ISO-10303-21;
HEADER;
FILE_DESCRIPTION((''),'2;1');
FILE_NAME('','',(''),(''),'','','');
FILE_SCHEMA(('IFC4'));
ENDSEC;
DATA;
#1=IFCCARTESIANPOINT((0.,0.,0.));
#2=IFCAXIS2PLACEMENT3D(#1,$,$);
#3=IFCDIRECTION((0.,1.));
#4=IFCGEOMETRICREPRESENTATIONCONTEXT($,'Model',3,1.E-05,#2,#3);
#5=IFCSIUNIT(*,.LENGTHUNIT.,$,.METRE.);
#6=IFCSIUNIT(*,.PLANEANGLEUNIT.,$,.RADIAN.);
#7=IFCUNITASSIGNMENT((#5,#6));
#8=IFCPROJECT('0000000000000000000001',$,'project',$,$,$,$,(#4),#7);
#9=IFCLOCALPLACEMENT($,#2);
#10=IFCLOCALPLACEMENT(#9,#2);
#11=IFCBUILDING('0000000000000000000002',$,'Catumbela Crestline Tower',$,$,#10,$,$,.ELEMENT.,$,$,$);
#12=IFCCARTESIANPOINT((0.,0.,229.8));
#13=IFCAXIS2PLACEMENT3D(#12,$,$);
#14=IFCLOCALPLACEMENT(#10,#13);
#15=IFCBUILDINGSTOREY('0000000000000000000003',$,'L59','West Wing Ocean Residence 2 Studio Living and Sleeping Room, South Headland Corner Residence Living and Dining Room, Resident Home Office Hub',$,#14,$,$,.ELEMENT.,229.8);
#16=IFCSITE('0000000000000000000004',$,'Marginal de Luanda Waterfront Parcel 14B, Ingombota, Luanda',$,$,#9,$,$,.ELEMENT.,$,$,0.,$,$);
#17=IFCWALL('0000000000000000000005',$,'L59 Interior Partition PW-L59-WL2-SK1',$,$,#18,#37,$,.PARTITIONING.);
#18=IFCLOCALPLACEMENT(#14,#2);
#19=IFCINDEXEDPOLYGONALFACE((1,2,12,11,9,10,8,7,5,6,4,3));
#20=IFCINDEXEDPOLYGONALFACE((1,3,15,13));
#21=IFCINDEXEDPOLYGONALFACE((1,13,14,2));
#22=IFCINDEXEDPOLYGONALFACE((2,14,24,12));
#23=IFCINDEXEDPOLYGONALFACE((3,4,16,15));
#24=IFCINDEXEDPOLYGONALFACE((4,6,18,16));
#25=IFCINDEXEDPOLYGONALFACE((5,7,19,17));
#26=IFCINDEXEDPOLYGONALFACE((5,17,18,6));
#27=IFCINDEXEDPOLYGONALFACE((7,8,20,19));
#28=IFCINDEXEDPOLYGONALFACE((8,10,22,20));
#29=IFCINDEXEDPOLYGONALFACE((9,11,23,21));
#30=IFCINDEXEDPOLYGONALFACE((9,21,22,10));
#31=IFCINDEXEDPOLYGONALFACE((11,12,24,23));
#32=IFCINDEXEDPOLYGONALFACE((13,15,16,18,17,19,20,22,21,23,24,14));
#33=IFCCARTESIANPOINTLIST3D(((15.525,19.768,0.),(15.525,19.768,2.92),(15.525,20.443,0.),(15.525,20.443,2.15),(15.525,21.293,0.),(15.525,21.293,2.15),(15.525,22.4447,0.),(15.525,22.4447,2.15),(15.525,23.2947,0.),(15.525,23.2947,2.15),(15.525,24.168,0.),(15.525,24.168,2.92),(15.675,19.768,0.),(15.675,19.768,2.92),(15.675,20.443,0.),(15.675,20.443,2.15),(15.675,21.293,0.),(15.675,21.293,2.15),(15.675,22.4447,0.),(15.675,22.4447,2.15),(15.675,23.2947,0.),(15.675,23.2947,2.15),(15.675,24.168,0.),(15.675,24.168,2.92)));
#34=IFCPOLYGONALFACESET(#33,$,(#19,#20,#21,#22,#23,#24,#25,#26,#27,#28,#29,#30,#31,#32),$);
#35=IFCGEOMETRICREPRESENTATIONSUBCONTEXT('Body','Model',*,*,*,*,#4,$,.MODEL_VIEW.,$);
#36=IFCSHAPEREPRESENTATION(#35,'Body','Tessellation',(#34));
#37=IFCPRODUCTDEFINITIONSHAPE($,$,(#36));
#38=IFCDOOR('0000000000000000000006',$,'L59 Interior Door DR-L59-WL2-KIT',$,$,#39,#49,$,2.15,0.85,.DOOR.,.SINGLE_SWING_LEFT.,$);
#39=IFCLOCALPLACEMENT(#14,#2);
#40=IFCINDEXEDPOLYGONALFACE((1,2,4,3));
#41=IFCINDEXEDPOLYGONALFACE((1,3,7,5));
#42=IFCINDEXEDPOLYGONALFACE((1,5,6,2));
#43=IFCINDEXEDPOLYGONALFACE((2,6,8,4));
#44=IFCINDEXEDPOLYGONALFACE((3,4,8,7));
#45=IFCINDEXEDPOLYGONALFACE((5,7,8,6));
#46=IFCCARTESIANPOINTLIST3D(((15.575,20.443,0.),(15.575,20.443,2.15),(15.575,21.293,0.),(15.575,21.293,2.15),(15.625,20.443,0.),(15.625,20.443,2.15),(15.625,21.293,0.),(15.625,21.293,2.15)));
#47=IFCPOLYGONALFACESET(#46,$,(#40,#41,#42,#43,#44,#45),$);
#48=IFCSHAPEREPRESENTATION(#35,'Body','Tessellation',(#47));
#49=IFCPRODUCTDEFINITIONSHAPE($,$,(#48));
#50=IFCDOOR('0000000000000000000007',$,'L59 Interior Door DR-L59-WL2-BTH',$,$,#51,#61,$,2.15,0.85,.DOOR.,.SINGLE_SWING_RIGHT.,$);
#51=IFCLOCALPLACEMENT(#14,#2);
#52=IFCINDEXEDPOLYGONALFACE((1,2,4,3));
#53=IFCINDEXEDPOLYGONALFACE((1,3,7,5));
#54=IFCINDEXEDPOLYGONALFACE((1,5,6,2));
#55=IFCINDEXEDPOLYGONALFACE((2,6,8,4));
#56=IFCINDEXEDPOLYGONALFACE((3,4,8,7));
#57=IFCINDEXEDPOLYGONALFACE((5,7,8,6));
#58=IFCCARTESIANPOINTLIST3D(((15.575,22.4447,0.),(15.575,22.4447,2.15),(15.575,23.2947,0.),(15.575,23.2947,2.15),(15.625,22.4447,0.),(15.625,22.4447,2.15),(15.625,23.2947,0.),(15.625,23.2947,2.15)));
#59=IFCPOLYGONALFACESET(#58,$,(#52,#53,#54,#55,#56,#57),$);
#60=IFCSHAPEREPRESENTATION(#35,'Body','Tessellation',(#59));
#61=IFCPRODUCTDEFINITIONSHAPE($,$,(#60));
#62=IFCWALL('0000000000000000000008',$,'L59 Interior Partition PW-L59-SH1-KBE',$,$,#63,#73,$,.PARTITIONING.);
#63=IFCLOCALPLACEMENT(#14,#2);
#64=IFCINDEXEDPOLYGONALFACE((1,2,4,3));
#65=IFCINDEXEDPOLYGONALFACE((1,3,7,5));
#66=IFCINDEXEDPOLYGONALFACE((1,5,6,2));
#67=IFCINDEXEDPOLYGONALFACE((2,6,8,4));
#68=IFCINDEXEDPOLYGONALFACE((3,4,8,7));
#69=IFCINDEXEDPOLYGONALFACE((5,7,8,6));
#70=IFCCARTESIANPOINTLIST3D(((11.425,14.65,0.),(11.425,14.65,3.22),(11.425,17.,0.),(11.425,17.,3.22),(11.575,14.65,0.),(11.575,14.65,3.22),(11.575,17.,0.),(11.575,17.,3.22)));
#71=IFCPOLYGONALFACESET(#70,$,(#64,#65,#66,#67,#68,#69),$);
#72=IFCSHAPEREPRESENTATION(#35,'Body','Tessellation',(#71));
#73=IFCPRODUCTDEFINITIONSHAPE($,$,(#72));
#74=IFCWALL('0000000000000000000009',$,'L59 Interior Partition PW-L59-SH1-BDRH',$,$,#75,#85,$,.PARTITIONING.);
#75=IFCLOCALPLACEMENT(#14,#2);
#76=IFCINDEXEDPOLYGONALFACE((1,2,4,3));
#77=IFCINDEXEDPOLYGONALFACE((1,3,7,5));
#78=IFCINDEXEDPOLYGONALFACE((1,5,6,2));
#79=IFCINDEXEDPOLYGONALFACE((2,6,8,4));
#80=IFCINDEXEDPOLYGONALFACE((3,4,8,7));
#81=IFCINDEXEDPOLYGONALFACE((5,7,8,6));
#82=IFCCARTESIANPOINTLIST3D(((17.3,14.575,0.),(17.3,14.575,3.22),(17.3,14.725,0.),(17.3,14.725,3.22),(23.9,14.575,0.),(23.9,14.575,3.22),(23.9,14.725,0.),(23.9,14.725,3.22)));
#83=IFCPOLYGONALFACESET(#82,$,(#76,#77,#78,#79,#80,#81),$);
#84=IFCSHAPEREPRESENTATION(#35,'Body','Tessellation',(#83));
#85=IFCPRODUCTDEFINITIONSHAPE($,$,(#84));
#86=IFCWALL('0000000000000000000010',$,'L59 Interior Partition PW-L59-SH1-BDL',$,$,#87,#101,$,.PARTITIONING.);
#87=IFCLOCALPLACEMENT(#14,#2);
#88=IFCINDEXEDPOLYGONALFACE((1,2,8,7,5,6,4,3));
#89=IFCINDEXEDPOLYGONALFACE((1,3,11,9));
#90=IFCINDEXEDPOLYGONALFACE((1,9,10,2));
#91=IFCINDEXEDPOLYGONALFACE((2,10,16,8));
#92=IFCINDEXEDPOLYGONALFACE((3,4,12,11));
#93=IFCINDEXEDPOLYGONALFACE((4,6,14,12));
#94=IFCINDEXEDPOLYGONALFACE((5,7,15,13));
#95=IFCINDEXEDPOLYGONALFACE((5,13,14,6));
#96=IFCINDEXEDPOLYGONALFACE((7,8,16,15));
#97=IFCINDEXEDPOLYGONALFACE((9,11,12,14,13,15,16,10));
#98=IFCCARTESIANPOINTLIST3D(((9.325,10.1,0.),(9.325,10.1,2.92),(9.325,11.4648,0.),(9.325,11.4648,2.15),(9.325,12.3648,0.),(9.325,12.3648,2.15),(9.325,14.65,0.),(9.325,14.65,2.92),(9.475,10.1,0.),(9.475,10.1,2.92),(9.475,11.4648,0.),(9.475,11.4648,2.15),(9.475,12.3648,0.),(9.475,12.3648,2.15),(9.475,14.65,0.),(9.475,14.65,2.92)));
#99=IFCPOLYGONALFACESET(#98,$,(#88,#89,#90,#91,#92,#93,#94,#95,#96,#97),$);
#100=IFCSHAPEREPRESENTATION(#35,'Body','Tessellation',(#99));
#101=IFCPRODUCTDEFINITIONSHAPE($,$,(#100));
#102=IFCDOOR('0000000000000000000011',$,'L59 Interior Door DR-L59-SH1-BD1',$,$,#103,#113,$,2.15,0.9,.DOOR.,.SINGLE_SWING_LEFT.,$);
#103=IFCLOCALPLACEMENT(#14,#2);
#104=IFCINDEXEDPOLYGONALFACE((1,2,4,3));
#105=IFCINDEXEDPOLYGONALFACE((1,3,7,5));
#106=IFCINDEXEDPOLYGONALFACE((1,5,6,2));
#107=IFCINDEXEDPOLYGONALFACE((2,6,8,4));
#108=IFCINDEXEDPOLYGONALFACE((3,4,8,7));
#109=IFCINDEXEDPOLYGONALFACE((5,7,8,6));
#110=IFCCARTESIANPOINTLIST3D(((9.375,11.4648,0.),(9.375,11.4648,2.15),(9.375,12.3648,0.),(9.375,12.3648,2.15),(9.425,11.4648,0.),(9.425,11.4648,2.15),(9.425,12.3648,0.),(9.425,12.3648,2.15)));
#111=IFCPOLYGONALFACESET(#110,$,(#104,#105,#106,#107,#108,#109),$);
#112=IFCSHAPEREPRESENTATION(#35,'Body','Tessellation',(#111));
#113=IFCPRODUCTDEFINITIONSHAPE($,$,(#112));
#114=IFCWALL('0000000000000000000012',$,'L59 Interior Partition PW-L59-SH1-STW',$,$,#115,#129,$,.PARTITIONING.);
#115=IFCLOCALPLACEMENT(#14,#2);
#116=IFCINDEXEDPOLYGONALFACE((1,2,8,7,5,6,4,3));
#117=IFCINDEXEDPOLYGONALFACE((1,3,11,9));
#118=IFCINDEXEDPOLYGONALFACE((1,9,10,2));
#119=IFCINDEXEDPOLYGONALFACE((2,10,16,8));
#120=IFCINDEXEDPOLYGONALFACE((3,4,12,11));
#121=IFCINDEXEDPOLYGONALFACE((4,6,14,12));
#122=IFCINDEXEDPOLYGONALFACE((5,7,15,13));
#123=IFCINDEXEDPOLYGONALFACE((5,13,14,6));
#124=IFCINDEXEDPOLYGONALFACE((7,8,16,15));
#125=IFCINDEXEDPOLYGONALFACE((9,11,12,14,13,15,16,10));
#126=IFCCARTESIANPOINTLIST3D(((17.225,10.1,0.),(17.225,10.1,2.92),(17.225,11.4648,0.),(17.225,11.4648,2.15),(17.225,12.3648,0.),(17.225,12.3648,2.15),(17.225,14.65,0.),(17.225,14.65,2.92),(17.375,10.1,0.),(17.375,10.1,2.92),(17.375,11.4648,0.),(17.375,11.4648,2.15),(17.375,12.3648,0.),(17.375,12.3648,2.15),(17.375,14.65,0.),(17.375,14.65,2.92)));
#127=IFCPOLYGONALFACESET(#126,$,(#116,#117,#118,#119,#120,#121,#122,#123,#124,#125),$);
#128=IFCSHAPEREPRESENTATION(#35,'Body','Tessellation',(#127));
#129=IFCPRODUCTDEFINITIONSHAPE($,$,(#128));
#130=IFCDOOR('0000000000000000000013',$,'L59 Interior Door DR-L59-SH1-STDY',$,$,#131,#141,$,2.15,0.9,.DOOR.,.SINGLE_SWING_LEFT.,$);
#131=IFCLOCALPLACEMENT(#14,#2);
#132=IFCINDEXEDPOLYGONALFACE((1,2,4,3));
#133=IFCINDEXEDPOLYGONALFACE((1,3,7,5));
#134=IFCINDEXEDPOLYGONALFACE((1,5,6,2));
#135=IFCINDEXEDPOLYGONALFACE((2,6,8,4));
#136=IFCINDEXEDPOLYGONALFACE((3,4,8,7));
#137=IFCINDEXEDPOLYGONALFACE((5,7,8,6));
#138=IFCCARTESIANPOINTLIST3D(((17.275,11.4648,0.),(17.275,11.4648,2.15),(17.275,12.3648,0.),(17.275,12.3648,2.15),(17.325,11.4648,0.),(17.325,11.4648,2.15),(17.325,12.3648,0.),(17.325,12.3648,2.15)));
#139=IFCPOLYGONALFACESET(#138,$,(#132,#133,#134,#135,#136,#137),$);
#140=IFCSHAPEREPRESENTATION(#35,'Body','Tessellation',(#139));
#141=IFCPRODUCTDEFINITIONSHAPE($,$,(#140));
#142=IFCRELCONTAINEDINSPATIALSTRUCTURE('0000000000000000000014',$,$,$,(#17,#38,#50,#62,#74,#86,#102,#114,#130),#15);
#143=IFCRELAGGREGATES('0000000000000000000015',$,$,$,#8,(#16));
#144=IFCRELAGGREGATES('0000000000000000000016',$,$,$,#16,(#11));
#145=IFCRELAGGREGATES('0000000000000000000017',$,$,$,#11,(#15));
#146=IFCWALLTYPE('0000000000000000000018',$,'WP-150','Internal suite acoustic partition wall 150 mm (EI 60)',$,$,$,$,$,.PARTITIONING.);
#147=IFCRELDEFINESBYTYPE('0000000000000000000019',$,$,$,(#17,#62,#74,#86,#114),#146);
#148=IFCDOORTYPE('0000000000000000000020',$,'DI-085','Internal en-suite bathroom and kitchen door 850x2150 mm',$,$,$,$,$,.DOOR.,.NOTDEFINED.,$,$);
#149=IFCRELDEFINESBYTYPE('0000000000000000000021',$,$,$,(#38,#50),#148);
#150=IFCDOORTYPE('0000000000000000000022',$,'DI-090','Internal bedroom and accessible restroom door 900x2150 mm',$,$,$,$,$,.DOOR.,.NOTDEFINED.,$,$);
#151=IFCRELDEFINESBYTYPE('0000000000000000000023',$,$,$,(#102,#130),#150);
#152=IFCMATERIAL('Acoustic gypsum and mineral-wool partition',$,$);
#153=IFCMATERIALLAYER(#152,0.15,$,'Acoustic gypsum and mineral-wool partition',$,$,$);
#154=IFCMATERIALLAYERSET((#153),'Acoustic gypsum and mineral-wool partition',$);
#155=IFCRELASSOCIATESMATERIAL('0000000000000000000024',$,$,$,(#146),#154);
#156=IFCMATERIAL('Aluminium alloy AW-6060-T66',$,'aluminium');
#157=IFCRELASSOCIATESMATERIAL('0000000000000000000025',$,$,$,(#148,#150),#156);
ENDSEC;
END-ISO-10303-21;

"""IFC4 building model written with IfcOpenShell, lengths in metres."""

from ifc_helpers import new_model, si_unit, direction, frame, frame_2d, origin, place, context, subcontext, project, spatial, rectangle, extrude, material, layer, layer_set, type_object, element, fill, save


model = new_model("IFC4")

# Units and contexts
model_context = context("Model", 3, precision=1e-05, world=origin(), true_north=direction((0.0, 1.0)))
body_context = subcontext(model_context, "Body", "Model", "MODEL_VIEW")
ifc_project = project(units=[si_unit("LENGTHUNIT", "METRE"), si_unit("PLANEANGLEUNIT", "RADIAN")], contexts=[model_context])

# Site, building, storey
site_placement = place(None, origin())
site = spatial("IfcSite", under=ifc_project, at=site_placement, Name="Marginal de Luanda Waterfront Parcel 14B, Ingombota, Luanda", CompositionType="ELEMENT", RefElevation=0.0)
building_placement = place(site_placement, origin())
building = spatial("IfcBuilding", under=site, at=building_placement, Name="Catumbela Crestline Tower", CompositionType="ELEMENT")
storey_placement = place(building_placement, frame((0.0, 0.0, 229.8)))
storey = spatial("IfcBuildingStorey", under=building, at=storey_placement, Name="L59", Description="West Wing Ocean Residence 2 Studio Living and Sleeping Room, South Headland Corner Residence Living and Dining Room, Resident Home Office Hub", CompositionType="ELEMENT", Elevation=229.8)

# Shared definitions
ifc_material_1 = material(Name="Acoustic gypsum and mineral-wool partition")
ifc_layer = layer(ifc_material_1, 0.15, Name="Acoustic gypsum and mineral-wool partition")
ifc_layer_set = layer_set([ifc_layer], Name="Acoustic gypsum and mineral-wool partition")
wall_type = type_object("IfcWallType", Name="WP-150", Description="Internal suite acoustic partition wall 150 mm (EI 60)", PredefinedType="PARTITIONING", material=ifc_layer_set)

# Wall, openings, doors
wall_1_placement = place(storey_placement, frame((15.6, 19.768, 0.0), z_axis=(0.0, 0.0, 1.0), x_axis=(0.0, 1.0, 0.0)))
wall_1 = element("IfcWall", 1, at=wall_1_placement, inside=storey, type_object=wall_type, Name="L59 Interior Partition PW-L59-WL2-SK1", PredefinedType="PARTITIONING", context=body_context, shape_type="SweptSolid", body=[
    extrude(rectangle(XDim=4.4, YDim=0.15, at=frame_2d((2.2, 0.0))), origin(), (0.0, 0.0, 1.0), 2.92),
])
opening_1_placement = place(wall_1_placement, frame((0.675, 0.0, 0.0)))
opening_1 = element("IfcOpeningElement", 2, at=opening_1_placement, cuts=wall_1, PredefinedType="OPENING", context=body_context, shape_type="SweptSolid", body=[
    extrude(rectangle(XDim=0.85, YDim=2.15, at=frame_2d((0.425, 1.075))), frame((0.0, 0.085, 0.0), z_axis=(0.0, -1.0, 0.0), x_axis=(1.0, 0.0, 0.0)), (0.0, 0.0, 1.0), 0.17),
])
opening_2_placement = place(wall_1_placement, frame((2.6767, 0.0, 0.0)))
opening_2 = element("IfcOpeningElement", 3, at=opening_2_placement, cuts=wall_1, PredefinedType="OPENING", context=body_context, shape_type="SweptSolid", body=[
    extrude(rectangle(XDim=0.85, YDim=2.15, at=frame_2d((0.425, 1.075))), frame((0.0, 0.085, 0.0), z_axis=(0.0, -1.0, 0.0), x_axis=(1.0, 0.0, 0.0)), (0.0, 0.0, 1.0), 0.17),
])
ifc_material_2 = material(Name="Aluminium alloy AW-6060-T66", Category="aluminium")
door_type_1 = type_object("IfcDoorType", Name="DI-085", Description="Internal en-suite bathroom and kitchen door 850x2150 mm", OperationType="NOTDEFINED", PredefinedType="DOOR", material=ifc_material_2)
door_1_placement = place(opening_1_placement, origin())
door_1 = element("IfcDoor", 4, at=door_1_placement, inside=storey, type_object=door_type_1, Name="L59 Interior Door DR-L59-WL2-KIT", OperationType="SINGLE_SWING_LEFT", OverallHeight=2.15, OverallWidth=0.85, PredefinedType="DOOR", context=body_context, shape_type="SweptSolid", body=[
    extrude(rectangle(XDim=0.85, YDim=2.15, at=frame_2d((0.425, 1.075))), frame((0.0, 0.025, 0.0), z_axis=(0.0, -1.0, 0.0), x_axis=(1.0, 0.0, 0.0)), (0.0, 0.0, 1.0), 0.05),
])
fill(opening_1, door_1)
door_2_placement = place(opening_2_placement, origin())
door_2 = element("IfcDoor", 5, at=door_2_placement, inside=storey, type_object=door_type_1, Name="L59 Interior Door DR-L59-WL2-BTH", OperationType="SINGLE_SWING_RIGHT", OverallHeight=2.15, OverallWidth=0.85, PredefinedType="DOOR", context=body_context, shape_type="SweptSolid", body=[
    extrude(rectangle(XDim=0.85, YDim=2.15, at=frame_2d((0.425, 1.075))), frame((0.0, 0.025, 0.0), z_axis=(0.0, -1.0, 0.0), x_axis=(1.0, 0.0, 0.0)), (0.0, 0.0, 1.0), 0.05),
])
fill(opening_2, door_2)

# Walls
wall_2_placement = place(storey_placement, frame((11.5, 14.65, 0.0), z_axis=(0.0, 0.0, 1.0), x_axis=(0.0, 1.0, 0.0)))
element("IfcWall", 6, at=wall_2_placement, inside=storey, type_object=wall_type, Name="L59 Interior Partition PW-L59-SH1-KBE", PredefinedType="PARTITIONING", context=body_context, shape_type="SweptSolid", body=[
    extrude(rectangle(XDim=2.35, YDim=0.15, at=frame_2d((1.175, 0.0))), origin(), (0.0, 0.0, 1.0), 3.22),
])
wall_3_placement = place(storey_placement, frame((17.3, 14.65, 0.0), z_axis=(0.0, 0.0, 1.0), x_axis=(1.0, 0.0, 0.0)))
element("IfcWall", 7, at=wall_3_placement, inside=storey, type_object=wall_type, Name="L59 Interior Partition PW-L59-SH1-BDRH", PredefinedType="PARTITIONING", context=body_context, shape_type="SweptSolid", body=[
    extrude(rectangle(XDim=6.6, YDim=0.15, at=frame_2d((3.3, 0.0))), origin(), (0.0, 0.0, 1.0), 3.22),
])

# Walls, openings, doors
wall_4_placement = place(storey_placement, frame((9.4, 10.1, 0.0), z_axis=(0.0, 0.0, 1.0), x_axis=(0.0, 1.0, 0.0)))
wall_4 = element("IfcWall", 8, at=wall_4_placement, inside=storey, type_object=wall_type, Name="L59 Interior Partition PW-L59-SH1-BDL", PredefinedType="PARTITIONING", context=body_context, shape_type="SweptSolid", body=[
    extrude(rectangle(XDim=4.55, YDim=0.15, at=frame_2d((2.275, 0.0))), origin(), (0.0, 0.0, 1.0), 2.92),
])
opening_3_placement = place(wall_4_placement, frame((1.3648, 0.0, 0.0)))
opening_3 = element("IfcOpeningElement", 9, at=opening_3_placement, cuts=wall_4, PredefinedType="OPENING", context=body_context, shape_type="SweptSolid", body=[
    extrude(rectangle(XDim=0.9, YDim=2.15, at=frame_2d((0.45, 1.075))), frame((0.0, 0.085, 0.0), z_axis=(0.0, -1.0, 0.0), x_axis=(1.0, 0.0, 0.0)), (0.0, 0.0, 1.0), 0.17),
])
door_type_2 = type_object("IfcDoorType", Name="DI-090", Description="Internal bedroom and accessible restroom door 900x2150 mm", OperationType="NOTDEFINED", PredefinedType="DOOR", material=ifc_material_2)
door_3_placement = place(opening_3_placement, origin())
door_3 = element("IfcDoor", 10, at=door_3_placement, inside=storey, type_object=door_type_2, Name="L59 Interior Door DR-L59-SH1-BD1", OperationType="SINGLE_SWING_LEFT", OverallHeight=2.15, OverallWidth=0.9, PredefinedType="DOOR", context=body_context, shape_type="SweptSolid", body=[
    extrude(rectangle(XDim=0.9, YDim=2.15, at=frame_2d((0.45, 1.075))), frame((0.0, 0.025, 0.0), z_axis=(0.0, -1.0, 0.0), x_axis=(1.0, 0.0, 0.0)), (0.0, 0.0, 1.0), 0.05),
])
fill(opening_3, door_3)
wall_5_placement = place(storey_placement, frame((17.3, 10.1, 0.0), z_axis=(0.0, 0.0, 1.0), x_axis=(0.0, 1.0, 0.0)))
wall_5 = element("IfcWall", 11, at=wall_5_placement, inside=storey, type_object=wall_type, Name="L59 Interior Partition PW-L59-SH1-STW", PredefinedType="PARTITIONING", context=body_context, shape_type="SweptSolid", body=[
    extrude(rectangle(XDim=4.55, YDim=0.15, at=frame_2d((2.275, 0.0))), origin(), (0.0, 0.0, 1.0), 2.92),
])
opening_4_placement = place(wall_5_placement, frame((1.3648, 0.0, 0.0)))
opening_4 = element("IfcOpeningElement", 12, at=opening_4_placement, cuts=wall_5, PredefinedType="OPENING", context=body_context, shape_type="SweptSolid", body=[
    extrude(rectangle(XDim=0.9, YDim=2.15, at=frame_2d((0.45, 1.075))), frame((0.0, 0.085, 0.0), z_axis=(0.0, -1.0, 0.0), x_axis=(1.0, 0.0, 0.0)), (0.0, 0.0, 1.0), 0.17),
])
door_4_placement = place(opening_4_placement, origin())
door_4 = element("IfcDoor", 13, at=door_4_placement, inside=storey, type_object=door_type_2, Name="L59 Interior Door DR-L59-SH1-STDY", OperationType="SINGLE_SWING_LEFT", OverallHeight=2.15, OverallWidth=0.9, PredefinedType="DOOR", context=body_context, shape_type="SweptSolid", body=[
    extrude(rectangle(XDim=0.9, YDim=2.15, at=frame_2d((0.45, 1.075))), frame((0.0, 0.025, 0.0), z_axis=(0.0, -1.0, 0.0), x_axis=(1.0, 0.0, 0.0)), (0.0, 0.0, 1.0), 0.05),
])
fill(opening_4, door_4)

save(model, "model.ifc")
